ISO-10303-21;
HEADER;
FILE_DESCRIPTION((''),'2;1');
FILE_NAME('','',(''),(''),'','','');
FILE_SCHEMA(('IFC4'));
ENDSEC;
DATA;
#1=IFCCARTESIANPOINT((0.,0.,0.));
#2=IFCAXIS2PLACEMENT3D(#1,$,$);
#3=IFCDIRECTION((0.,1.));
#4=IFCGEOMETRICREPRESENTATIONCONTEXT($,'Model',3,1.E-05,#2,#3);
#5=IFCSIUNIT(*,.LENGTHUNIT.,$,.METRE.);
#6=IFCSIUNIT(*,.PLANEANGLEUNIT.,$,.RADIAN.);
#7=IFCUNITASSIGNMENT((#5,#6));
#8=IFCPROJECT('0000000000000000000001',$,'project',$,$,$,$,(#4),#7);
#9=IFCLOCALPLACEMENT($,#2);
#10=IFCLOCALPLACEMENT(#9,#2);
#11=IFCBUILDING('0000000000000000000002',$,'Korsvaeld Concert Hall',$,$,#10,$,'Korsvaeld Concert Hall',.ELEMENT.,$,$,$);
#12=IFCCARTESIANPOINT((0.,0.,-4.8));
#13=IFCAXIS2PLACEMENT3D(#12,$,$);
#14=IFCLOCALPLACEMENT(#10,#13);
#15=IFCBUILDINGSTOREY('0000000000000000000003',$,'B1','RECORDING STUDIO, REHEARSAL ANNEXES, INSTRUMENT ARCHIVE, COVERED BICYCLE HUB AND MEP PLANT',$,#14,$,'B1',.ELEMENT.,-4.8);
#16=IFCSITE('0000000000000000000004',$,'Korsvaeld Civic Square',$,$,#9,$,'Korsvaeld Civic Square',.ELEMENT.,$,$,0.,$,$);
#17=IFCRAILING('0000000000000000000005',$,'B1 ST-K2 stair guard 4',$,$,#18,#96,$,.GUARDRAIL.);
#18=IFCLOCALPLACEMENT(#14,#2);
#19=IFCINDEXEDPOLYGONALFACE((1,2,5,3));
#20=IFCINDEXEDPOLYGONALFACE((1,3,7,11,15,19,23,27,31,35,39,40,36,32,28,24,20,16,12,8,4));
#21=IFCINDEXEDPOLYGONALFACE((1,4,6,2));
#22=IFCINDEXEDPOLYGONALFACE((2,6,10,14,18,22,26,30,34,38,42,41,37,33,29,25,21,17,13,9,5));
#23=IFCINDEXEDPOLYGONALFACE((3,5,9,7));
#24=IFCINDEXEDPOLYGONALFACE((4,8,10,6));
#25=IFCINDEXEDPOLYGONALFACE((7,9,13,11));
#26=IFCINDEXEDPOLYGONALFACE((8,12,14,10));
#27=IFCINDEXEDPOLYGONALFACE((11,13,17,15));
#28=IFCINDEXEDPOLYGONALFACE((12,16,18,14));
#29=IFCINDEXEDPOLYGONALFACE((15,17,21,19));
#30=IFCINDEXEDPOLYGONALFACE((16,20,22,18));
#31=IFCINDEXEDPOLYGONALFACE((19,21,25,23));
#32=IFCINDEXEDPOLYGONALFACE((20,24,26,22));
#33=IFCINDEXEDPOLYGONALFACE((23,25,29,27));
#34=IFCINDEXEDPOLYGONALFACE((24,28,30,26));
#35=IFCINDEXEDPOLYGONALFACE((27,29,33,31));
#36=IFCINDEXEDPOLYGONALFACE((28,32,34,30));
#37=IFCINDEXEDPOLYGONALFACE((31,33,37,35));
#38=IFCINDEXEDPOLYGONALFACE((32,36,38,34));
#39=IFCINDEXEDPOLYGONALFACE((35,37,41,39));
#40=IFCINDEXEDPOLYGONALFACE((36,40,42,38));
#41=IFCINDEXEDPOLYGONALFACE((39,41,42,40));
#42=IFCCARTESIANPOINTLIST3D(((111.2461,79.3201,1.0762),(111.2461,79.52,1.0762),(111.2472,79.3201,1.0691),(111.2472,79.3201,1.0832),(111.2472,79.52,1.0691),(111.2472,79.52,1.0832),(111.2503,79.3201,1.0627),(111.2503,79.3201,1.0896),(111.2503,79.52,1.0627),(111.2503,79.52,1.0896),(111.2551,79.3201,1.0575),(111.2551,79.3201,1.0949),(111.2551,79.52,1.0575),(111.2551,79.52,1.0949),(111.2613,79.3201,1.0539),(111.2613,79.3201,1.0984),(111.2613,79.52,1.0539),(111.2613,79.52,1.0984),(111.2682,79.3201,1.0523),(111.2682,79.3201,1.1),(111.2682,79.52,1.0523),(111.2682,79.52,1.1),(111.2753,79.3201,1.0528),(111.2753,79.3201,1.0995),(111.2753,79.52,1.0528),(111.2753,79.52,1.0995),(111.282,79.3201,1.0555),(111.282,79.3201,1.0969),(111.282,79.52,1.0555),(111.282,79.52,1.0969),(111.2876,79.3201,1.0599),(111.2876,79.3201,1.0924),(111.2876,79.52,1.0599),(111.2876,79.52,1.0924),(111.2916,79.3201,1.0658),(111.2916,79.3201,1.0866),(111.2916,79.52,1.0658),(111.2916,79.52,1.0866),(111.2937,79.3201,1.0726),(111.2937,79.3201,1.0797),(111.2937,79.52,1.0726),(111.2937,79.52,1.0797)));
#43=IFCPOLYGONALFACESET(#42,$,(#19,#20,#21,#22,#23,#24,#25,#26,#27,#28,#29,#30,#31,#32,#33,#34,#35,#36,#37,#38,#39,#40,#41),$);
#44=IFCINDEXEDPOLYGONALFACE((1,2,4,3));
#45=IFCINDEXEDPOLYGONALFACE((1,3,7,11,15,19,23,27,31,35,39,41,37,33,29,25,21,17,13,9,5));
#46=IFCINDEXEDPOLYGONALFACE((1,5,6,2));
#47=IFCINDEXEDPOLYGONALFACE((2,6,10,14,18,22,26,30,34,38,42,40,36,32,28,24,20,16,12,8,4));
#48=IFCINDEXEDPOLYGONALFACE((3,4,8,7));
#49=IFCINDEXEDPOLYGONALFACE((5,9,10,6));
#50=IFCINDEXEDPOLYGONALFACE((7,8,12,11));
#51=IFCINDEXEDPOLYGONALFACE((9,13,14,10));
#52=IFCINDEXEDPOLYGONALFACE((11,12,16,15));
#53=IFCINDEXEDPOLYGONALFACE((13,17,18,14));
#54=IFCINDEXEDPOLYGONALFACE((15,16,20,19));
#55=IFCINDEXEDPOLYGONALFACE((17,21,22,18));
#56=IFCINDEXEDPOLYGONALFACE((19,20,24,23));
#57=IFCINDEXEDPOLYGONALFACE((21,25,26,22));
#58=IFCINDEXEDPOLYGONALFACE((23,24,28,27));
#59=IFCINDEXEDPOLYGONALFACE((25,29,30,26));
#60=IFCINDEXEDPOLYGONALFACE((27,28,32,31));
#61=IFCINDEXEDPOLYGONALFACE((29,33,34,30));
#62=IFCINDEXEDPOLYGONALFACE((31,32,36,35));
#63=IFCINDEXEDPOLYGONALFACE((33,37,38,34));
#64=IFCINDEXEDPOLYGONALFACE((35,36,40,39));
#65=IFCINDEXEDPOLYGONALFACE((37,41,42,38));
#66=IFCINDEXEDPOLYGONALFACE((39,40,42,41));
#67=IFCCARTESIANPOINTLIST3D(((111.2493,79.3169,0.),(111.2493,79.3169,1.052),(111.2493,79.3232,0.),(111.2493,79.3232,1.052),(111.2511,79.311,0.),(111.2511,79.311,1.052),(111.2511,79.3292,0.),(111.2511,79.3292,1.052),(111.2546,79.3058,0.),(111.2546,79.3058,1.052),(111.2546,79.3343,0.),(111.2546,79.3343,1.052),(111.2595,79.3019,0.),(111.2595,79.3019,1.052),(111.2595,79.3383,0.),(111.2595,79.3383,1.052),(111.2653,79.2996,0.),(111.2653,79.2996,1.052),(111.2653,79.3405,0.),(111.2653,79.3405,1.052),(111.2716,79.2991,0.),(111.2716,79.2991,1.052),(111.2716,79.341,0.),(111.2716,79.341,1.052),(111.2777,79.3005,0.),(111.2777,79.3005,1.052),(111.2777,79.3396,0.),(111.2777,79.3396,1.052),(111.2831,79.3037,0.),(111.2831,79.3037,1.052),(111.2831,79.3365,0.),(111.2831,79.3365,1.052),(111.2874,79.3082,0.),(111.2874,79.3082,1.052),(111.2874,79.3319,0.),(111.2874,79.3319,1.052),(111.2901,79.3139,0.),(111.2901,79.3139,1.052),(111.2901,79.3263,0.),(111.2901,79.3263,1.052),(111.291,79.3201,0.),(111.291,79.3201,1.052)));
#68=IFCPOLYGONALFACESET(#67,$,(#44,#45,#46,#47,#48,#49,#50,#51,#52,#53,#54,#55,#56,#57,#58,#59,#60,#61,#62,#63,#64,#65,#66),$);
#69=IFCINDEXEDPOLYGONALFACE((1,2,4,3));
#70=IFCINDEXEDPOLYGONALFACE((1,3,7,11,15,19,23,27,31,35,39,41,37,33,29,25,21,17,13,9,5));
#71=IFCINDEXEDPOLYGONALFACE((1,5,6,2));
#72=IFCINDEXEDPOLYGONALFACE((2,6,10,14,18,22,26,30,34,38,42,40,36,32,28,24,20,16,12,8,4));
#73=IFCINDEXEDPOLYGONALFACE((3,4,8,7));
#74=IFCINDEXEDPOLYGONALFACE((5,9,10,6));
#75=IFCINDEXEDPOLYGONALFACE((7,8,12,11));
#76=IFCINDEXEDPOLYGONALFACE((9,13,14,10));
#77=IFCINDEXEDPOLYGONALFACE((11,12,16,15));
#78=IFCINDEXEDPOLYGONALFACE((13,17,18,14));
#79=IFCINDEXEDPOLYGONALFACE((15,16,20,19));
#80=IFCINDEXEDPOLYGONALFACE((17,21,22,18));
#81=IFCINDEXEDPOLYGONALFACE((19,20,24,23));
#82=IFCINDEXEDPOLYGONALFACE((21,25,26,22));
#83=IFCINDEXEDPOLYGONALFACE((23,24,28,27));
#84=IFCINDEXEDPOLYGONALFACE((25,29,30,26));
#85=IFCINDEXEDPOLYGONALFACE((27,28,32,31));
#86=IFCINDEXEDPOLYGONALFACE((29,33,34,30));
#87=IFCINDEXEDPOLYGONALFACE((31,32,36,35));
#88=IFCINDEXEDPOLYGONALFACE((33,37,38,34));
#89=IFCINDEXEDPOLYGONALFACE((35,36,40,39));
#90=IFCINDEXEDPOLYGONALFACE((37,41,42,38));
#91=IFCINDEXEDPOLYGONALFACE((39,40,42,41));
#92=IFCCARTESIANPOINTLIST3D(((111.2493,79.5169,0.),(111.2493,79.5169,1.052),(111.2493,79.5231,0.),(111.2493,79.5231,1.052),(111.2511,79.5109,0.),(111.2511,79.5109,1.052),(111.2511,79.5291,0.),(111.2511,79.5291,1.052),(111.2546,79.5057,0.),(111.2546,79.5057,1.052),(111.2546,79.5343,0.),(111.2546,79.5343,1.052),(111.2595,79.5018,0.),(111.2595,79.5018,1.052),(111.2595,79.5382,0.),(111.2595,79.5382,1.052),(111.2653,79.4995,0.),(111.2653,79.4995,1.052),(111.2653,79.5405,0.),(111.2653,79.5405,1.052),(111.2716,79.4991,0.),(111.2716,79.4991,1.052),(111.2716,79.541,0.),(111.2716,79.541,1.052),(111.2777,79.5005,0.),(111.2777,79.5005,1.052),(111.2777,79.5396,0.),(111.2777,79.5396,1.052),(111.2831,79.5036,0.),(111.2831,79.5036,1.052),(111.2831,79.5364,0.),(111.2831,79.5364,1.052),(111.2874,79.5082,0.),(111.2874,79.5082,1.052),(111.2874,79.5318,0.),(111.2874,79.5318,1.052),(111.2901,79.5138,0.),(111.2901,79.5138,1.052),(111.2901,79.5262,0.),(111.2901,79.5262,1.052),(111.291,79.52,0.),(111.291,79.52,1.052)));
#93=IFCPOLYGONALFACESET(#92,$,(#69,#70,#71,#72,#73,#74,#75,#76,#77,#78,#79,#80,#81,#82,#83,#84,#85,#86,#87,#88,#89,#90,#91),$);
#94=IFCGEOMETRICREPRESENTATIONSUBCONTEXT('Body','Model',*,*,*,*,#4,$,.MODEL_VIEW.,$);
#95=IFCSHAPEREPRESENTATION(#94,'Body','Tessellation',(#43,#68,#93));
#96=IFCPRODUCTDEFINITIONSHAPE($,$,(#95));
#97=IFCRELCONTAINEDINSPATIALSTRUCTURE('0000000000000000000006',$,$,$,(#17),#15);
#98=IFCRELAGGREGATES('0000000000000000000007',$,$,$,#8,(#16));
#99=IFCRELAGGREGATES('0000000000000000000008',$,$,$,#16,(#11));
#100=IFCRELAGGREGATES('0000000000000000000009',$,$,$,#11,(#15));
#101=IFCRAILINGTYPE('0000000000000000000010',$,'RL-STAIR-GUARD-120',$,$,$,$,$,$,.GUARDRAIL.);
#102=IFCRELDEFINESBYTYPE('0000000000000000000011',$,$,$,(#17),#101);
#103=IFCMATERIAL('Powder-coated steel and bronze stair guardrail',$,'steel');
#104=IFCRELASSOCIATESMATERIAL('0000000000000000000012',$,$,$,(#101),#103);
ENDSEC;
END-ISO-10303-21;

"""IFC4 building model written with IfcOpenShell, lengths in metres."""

from ifc_helpers import new_model, si_unit, direction, frame, origin, origin_2d, place, context, subcontext, project, spatial, circle, extrude, material, type_object, element, save


model = new_model("IFC4")

# Units and contexts
model_context = context("Model", 3, precision=1e-05, world=origin(), true_north=direction((0.0, 1.0)))
body_context = subcontext(model_context, "Body", "Model", "MODEL_VIEW")
ifc_project = project(units=[si_unit("LENGTHUNIT", "METRE"), si_unit("PLANEANGLEUNIT", "RADIAN")], contexts=[model_context])

# Site, building, storey
site_placement = place(None, origin())
site = spatial("IfcSite", under=ifc_project, at=site_placement, Name="Korsvaeld Civic Square", LongName="Korsvaeld Civic Square", CompositionType="ELEMENT", RefElevation=0.0)
building_placement = place(site_placement, origin())
building = spatial("IfcBuilding", under=site, at=building_placement, Name="Korsvaeld Concert Hall", LongName="Korsvaeld Concert Hall", CompositionType="ELEMENT")
storey_placement = place(building_placement, frame((0.0, 0.0, -4.8)))
storey = spatial("IfcBuildingStorey", under=building, at=storey_placement, Name="B1", Description="RECORDING STUDIO, REHEARSAL ANNEXES, INSTRUMENT ARCHIVE, COVERED BICYCLE HUB AND MEP PLANT", LongName="B1", CompositionType="ELEMENT", Elevation=-4.8)

# Railing
ifc_material_1 = material(Name="Powder-coated steel and bronze stair guardrail", Category="steel")
railing_type_1 = type_object("IfcRailingType", Name="RL-STAIR-GUARD-120", PredefinedType="GUARDRAIL", material=ifc_material_1)
railing_1_placement = place(storey_placement, frame((111.27, 79.3201, 0.0)))
element("IfcRailing", 1, at=railing_1_placement, inside=storey, type_object=railing_type_1, Name="B1 ST-K2 stair guard 4", PredefinedType="GUARDRAIL", context=body_context, shape_type="SweptSolid", body=[
    extrude(circle(Radius=0.0239, at=origin_2d()), frame((0.0, 0.0, 1.0762), z_axis=(0.0, 1.0, 0.0), x_axis=(-1.0, 0.0, 0.0)), (0.0, 0.0, 1.0), 0.2),
    extrude(circle(Radius=0.021, at=origin_2d()), origin(), (0.0, 0.0, 1.0), 1.052),
    extrude(circle(Radius=0.021, at=origin_2d()), frame((0.0, 0.2, 0.0)), (0.0, 0.0, 1.0), 1.052),
])

save(model, "model.ifc")
